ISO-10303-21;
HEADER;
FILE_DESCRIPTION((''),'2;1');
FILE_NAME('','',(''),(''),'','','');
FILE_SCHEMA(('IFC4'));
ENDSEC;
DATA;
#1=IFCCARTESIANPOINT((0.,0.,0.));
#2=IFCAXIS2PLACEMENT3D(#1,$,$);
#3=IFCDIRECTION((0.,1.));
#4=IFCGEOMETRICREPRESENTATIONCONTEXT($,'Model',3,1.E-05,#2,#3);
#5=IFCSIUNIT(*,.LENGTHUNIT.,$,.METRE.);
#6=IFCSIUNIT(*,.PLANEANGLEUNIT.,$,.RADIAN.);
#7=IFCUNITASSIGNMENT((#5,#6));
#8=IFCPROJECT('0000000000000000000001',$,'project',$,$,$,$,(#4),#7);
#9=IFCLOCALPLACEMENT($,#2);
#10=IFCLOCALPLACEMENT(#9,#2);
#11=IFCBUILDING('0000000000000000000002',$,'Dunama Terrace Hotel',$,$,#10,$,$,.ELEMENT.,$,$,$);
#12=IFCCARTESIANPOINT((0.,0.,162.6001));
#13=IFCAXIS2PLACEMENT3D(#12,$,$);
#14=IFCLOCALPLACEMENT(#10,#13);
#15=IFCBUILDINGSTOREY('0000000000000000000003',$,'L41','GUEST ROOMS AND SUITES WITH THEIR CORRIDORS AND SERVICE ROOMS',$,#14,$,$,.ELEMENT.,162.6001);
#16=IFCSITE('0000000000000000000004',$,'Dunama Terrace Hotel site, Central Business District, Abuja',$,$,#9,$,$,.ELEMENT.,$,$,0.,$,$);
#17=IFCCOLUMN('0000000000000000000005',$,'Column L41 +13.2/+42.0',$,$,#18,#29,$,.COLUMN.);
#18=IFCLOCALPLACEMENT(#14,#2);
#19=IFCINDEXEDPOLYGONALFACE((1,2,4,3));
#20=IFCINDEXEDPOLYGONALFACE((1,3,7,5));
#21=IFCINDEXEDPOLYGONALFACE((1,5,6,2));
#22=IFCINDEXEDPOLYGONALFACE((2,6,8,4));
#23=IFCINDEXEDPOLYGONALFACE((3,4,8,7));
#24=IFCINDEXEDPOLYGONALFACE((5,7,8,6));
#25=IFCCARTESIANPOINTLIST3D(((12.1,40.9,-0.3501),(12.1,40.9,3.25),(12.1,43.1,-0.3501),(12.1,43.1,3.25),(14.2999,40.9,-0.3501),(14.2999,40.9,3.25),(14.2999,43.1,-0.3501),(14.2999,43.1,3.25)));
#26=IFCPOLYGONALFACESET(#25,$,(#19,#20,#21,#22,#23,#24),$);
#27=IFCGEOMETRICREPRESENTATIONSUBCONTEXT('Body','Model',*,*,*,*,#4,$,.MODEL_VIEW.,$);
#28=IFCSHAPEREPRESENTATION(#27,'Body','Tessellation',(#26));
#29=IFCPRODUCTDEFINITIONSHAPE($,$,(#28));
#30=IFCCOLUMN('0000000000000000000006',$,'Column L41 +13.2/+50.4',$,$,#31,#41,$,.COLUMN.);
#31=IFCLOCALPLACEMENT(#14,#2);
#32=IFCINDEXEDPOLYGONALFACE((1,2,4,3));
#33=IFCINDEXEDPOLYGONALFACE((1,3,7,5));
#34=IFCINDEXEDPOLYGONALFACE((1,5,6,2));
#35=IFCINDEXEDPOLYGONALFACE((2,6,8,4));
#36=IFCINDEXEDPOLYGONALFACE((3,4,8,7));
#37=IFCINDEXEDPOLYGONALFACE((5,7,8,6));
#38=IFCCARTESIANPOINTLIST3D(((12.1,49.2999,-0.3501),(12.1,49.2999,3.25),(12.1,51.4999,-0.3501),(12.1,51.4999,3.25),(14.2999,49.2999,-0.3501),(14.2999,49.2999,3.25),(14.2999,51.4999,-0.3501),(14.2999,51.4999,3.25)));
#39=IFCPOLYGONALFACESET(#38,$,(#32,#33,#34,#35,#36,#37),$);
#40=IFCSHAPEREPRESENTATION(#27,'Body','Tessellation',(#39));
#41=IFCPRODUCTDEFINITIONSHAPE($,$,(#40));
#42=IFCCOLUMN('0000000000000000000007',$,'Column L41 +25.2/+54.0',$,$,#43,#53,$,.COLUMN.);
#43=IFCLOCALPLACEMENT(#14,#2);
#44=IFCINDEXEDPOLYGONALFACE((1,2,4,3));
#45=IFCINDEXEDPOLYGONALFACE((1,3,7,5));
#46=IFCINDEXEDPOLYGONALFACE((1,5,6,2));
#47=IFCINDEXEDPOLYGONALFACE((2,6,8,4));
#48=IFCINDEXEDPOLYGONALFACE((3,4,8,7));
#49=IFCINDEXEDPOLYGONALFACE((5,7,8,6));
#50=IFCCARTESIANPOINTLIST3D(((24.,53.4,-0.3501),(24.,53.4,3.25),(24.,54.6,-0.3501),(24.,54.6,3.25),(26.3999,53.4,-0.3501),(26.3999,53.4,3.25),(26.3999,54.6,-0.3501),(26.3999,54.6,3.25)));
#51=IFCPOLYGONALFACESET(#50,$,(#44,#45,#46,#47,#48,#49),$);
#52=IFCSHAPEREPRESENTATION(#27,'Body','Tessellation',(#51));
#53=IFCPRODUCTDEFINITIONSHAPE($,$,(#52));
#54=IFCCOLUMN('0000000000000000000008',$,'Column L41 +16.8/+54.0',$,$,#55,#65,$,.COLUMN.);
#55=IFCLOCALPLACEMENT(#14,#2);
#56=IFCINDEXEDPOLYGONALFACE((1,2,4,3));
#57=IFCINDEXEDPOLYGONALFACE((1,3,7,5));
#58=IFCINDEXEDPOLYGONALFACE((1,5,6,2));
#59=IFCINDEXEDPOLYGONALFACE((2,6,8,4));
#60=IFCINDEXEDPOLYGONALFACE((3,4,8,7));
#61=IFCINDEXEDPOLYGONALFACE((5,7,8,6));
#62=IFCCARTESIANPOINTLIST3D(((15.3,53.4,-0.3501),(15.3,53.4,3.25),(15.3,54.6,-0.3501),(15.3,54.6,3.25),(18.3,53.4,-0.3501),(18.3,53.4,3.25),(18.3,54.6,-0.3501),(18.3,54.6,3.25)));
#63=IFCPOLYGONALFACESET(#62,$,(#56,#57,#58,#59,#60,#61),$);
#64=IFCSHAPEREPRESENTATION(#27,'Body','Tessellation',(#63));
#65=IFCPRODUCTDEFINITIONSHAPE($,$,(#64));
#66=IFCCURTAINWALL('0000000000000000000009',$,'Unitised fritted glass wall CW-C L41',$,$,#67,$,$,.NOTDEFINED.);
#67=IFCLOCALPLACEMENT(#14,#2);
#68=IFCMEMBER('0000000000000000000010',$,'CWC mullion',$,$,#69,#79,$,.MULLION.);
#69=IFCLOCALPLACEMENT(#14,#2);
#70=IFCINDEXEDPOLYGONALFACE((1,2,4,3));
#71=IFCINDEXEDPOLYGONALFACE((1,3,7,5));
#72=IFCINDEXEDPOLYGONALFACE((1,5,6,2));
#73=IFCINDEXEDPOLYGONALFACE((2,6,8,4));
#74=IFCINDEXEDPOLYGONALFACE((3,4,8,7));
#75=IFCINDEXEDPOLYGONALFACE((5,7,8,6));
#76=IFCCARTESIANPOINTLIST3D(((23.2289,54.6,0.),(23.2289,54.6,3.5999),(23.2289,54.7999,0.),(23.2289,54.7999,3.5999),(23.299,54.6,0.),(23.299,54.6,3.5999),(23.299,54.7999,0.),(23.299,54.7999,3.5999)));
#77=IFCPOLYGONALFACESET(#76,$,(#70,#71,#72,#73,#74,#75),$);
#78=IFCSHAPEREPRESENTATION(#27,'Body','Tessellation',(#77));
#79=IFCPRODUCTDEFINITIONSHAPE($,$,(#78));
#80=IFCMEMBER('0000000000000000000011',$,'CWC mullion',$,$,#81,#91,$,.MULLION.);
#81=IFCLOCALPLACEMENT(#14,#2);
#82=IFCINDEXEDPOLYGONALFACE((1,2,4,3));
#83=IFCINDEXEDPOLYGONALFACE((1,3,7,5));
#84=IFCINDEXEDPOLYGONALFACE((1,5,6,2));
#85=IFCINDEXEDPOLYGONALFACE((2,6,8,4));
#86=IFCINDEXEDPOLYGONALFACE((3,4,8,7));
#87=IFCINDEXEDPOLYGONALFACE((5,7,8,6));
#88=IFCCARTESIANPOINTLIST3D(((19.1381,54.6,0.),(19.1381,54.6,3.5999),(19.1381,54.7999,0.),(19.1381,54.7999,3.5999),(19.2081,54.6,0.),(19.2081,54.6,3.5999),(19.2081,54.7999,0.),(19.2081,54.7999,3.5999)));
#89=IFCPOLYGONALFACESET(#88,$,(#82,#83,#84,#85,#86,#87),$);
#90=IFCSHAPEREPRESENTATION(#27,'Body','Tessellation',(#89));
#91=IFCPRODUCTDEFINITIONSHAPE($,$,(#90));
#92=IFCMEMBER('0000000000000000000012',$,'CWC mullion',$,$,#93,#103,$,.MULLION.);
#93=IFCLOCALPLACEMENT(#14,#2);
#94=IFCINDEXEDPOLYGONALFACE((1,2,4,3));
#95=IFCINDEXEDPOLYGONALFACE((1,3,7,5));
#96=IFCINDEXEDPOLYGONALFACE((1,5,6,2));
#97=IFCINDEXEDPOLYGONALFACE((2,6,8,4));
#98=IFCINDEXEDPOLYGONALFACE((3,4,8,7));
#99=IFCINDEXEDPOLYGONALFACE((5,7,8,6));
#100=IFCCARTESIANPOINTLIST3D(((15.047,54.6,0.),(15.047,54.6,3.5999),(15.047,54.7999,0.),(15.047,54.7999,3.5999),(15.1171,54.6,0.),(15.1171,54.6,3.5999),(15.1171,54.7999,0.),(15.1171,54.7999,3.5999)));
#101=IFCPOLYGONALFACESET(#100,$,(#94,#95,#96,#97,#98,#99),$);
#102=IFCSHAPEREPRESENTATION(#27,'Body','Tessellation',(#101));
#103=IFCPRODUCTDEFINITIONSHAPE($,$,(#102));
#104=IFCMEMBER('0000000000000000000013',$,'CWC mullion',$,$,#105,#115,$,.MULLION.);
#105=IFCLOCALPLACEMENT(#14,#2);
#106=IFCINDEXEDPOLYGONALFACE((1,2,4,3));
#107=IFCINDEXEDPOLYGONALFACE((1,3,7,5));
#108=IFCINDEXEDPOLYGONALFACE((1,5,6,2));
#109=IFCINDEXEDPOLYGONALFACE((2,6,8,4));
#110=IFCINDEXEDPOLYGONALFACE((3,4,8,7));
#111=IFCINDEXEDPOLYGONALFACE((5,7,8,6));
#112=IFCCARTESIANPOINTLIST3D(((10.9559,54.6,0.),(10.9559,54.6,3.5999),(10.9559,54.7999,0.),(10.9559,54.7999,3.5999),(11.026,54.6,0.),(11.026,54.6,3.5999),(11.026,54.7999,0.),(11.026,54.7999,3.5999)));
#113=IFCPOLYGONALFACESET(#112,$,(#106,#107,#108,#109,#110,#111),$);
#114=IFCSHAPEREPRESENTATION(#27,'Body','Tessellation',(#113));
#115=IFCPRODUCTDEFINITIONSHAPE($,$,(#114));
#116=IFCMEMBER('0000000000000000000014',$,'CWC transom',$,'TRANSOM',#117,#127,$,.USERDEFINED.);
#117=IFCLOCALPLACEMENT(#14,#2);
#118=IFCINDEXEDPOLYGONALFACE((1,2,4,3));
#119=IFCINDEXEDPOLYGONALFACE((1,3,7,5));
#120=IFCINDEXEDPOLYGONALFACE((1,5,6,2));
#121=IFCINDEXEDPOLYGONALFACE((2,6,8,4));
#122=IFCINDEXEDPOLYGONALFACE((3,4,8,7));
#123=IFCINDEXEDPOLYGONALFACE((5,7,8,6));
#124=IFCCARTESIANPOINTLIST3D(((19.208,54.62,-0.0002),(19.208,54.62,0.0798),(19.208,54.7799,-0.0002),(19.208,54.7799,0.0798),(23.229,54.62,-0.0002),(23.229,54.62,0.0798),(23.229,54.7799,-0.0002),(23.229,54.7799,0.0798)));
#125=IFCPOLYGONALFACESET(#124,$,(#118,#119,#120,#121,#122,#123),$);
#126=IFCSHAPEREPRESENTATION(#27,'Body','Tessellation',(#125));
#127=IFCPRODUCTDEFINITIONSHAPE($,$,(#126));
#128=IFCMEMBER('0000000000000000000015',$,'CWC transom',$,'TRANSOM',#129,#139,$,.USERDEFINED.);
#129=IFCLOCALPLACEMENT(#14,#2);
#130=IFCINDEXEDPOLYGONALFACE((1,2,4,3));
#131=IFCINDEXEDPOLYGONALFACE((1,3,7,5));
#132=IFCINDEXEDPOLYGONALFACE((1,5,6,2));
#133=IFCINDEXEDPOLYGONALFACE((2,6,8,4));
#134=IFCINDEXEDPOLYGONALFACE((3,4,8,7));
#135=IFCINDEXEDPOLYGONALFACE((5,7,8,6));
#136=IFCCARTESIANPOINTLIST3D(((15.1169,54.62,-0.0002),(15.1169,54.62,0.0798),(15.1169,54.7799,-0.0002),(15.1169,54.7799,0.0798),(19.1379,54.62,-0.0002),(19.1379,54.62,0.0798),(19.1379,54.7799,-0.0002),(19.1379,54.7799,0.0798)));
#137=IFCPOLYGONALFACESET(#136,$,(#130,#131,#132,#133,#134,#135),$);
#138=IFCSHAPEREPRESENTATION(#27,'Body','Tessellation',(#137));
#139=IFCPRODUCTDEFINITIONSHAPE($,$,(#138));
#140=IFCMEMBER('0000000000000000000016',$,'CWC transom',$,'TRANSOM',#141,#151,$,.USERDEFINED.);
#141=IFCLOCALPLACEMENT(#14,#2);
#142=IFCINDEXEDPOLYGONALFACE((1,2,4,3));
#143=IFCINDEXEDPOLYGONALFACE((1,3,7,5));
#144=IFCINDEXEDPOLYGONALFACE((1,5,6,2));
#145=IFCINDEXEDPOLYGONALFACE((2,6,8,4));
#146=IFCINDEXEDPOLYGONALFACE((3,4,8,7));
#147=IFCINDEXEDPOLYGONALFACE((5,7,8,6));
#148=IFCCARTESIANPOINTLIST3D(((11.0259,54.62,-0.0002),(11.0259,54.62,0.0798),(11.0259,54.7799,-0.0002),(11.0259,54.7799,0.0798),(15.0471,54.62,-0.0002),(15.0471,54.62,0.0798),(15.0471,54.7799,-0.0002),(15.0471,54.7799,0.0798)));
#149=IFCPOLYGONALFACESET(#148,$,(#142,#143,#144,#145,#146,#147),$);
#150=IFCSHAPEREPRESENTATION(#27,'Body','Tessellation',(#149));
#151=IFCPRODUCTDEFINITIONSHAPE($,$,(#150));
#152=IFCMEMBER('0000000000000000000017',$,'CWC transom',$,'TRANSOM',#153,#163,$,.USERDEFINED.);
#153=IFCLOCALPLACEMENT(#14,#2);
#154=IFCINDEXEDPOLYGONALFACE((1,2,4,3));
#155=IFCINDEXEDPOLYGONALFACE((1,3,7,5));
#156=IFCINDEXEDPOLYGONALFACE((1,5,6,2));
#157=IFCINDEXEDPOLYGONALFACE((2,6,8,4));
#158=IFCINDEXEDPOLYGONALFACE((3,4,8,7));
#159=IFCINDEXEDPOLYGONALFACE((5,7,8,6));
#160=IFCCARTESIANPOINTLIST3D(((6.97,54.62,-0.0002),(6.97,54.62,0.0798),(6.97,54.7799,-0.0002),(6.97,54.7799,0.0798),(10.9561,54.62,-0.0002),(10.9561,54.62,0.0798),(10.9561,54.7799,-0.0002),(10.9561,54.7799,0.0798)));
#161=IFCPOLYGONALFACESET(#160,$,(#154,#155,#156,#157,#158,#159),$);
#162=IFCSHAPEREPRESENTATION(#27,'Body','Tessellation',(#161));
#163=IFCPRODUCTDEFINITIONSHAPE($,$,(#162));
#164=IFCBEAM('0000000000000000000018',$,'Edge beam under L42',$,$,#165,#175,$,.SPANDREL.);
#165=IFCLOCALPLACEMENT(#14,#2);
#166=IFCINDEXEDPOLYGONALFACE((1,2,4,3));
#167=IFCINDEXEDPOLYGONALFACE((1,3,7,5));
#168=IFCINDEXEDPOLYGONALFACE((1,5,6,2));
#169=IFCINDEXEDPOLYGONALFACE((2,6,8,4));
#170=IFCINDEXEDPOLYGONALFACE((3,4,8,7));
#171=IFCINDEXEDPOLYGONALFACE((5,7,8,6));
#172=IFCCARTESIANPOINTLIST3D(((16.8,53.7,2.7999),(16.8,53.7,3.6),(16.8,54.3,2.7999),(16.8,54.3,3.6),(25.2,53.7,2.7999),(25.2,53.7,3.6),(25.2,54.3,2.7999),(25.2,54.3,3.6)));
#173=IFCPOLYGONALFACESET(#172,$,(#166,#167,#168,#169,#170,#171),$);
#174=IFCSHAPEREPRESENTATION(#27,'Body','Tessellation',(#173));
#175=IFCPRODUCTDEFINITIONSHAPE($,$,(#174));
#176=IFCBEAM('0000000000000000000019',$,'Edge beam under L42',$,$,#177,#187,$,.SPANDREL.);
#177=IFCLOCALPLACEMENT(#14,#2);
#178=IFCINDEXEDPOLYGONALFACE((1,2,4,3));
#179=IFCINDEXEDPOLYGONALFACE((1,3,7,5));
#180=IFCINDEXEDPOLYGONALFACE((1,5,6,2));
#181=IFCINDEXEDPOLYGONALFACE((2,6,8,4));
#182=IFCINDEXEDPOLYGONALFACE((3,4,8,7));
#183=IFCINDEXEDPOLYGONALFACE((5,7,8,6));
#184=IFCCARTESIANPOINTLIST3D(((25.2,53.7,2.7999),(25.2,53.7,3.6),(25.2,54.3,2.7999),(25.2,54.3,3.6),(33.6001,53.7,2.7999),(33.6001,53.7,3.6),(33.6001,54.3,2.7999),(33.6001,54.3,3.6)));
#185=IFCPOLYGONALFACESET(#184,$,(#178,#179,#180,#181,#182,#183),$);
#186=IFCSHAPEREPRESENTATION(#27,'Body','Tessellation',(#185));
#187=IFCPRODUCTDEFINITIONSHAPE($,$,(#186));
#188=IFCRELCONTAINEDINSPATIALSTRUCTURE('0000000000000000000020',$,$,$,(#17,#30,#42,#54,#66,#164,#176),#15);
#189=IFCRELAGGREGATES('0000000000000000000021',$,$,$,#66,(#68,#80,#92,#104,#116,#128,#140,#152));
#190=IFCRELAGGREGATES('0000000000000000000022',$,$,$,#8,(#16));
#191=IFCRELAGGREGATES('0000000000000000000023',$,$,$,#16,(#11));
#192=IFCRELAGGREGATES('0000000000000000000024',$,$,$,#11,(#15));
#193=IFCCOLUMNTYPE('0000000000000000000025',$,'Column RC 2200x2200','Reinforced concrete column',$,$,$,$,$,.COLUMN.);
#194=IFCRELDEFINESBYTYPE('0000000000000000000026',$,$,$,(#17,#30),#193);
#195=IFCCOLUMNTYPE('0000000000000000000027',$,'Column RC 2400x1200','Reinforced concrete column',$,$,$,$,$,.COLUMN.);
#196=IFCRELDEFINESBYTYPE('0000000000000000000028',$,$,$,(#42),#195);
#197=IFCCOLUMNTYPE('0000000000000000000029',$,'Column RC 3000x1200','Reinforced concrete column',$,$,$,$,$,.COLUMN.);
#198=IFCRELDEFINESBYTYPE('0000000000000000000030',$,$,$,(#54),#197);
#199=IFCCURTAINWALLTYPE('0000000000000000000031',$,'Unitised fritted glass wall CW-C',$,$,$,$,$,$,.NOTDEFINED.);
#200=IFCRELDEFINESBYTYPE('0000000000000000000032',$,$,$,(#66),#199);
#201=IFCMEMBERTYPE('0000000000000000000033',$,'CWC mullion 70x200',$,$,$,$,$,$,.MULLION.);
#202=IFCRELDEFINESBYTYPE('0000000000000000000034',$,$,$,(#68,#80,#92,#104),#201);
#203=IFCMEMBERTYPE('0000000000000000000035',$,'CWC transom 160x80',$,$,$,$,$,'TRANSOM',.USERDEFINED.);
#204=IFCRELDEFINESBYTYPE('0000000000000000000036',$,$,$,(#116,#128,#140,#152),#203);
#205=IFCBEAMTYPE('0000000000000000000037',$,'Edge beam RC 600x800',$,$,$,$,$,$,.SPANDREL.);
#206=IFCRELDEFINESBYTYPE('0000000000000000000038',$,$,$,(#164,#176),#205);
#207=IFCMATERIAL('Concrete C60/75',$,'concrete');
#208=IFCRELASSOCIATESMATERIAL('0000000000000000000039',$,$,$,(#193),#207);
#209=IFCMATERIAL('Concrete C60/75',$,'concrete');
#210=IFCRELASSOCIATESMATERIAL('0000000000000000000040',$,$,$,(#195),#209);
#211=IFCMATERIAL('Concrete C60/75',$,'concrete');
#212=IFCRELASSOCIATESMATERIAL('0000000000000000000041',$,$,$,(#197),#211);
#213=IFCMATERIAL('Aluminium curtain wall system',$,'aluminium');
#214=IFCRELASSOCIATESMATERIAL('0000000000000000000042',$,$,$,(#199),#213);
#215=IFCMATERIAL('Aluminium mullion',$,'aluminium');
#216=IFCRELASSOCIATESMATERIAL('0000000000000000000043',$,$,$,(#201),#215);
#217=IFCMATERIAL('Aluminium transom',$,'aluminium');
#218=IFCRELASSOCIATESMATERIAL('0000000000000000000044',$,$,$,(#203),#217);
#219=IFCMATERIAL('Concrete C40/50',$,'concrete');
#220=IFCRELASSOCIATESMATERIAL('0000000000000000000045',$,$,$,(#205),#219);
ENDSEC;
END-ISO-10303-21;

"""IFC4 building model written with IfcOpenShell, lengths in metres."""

from ifc_helpers import new_model, si_unit, direction, frame, origin, origin_2d, place, context, subcontext, project, spatial, rectangle, extrude, material, material_profile, profile_set, type_object, element, aggregate, save


model = new_model("IFC4")

# Units and contexts
model_context = context("Model", 3, precision=1e-05, world=origin(), true_north=direction((0.0, 1.0)))
body_context = subcontext(model_context, "Body", "Model", "MODEL_VIEW")
ifc_project = project(units=[si_unit("LENGTHUNIT", "METRE"), si_unit("PLANEANGLEUNIT", "RADIAN")], contexts=[model_context])

# Site, building, storey
site_placement = place(None, origin())
site = spatial("IfcSite", under=ifc_project, at=site_placement, Name="Dunama Terrace Hotel site, Central Business District, Abuja", CompositionType="ELEMENT", RefElevation=0.0)
building_placement = place(site_placement, origin())
building = spatial("IfcBuilding", under=site, at=building_placement, Name="Dunama Terrace Hotel", CompositionType="ELEMENT")
storey_placement = place(building_placement, frame((0.0, 0.0, 162.6001)))
storey = spatial("IfcBuildingStorey", under=building, at=storey_placement, Name="L41", Description="GUEST ROOMS AND SUITES WITH THEIR CORRIDORS AND SERVICE ROOMS", CompositionType="ELEMENT", Elevation=162.6001)

# Columns
ifc_material_1 = material(Name="Concrete C60/75", Category="concrete")
ifc_material_profile_1 = material_profile(ifc_material_1, rectangle(XDim=2.2, YDim=2.2, at=origin_2d()), Name="RC 2200x2200")
ifc_profile_set_1 = profile_set([ifc_material_profile_1], Name="Concrete C60/75")
column_type_1 = type_object("IfcColumnType", Name="Column RC 2200x2200", Description="Reinforced concrete column", PredefinedType="COLUMN", material=ifc_profile_set_1)
for number, where, z_axis, x_axis, name in (
    (1, (13.2, 42.0, -0.3501), (0.0, 0.0, 1.0), (1.0, 0.0, 0.0), "Column L41 +13.2/+42.0"),
    (2, (13.2, 50.3999, -0.3501), (0.0, 0.0, 1.0), (1.0, 0.0, 0.0), "Column L41 +13.2/+50.4"),
):
    element("IfcColumn", number, at=place(storey_placement, frame(where, z_axis=z_axis, x_axis=x_axis)), inside=storey, type_object=column_type_1, Name=name, PredefinedType="COLUMN", context=body_context, shape_type="SweptSolid", body=[
        extrude(rectangle(XDim=2.2, YDim=2.2, at=origin_2d()), origin(), (0.0, 0.0, 1.0), 3.6001),
    ])
ifc_material_2 = material(Name="Concrete C60/75", Category="concrete")
ifc_material_profile_2 = material_profile(ifc_material_2, rectangle(XDim=2.3999, YDim=1.2, at=origin_2d()), Name="RC 2400x1200")
ifc_profile_set_2 = profile_set([ifc_material_profile_2], Name="Concrete C60/75")
column_type_2 = type_object("IfcColumnType", Name="Column RC 2400x1200", Description="Reinforced concrete column", PredefinedType="COLUMN", material=ifc_profile_set_2)
column_1_placement = place(storey_placement, frame((25.2, 54.0, -0.3501), z_axis=(0.0, 0.0, 1.0), x_axis=(1.0, 0.0, 0.0)))
element("IfcColumn", 3, at=column_1_placement, inside=storey, type_object=column_type_2, Name="Column L41 +25.2/+54.0", PredefinedType="COLUMN", context=body_context, shape_type="SweptSolid", body=[
    extrude(rectangle(XDim=2.3999, YDim=1.2, at=origin_2d()), origin(), (0.0, 0.0, 1.0), 3.6001),
])
ifc_material_3 = material(Name="Concrete C60/75", Category="concrete")
ifc_material_profile_3 = material_profile(ifc_material_3, rectangle(XDim=3.0, YDim=1.2, at=origin_2d()), Name="RC 3000x1200")
ifc_profile_set_3 = profile_set([ifc_material_profile_3], Name="Concrete C60/75")
column_type_3 = type_object("IfcColumnType", Name="Column RC 3000x1200", Description="Reinforced concrete column", PredefinedType="COLUMN", material=ifc_profile_set_3)
column_2_placement = place(storey_placement, frame((16.8, 54.0, -0.3501), z_axis=(0.0, 0.0, 1.0), x_axis=(1.0, 0.0, 0.0)))
element("IfcColumn", 4, at=column_2_placement, inside=storey, type_object=column_type_3, Name="Column L41 +16.8/+54.0", PredefinedType="COLUMN", context=body_context, shape_type="SweptSolid", body=[
    extrude(rectangle(XDim=3.0, YDim=1.2, at=origin_2d()), origin(), (0.0, 0.0, 1.0), 3.6001),
])

# Curtain wall, members
ifc_material_4 = material(Name="Aluminium curtain wall system", Category="aluminium")
curtain_wall_type = type_object("IfcCurtainWallType", Name="Unitised fritted glass wall CW-C", PredefinedType="NOTDEFINED", material=ifc_material_4)
curtain_wall_placement = place(storey_placement, origin())
curtain_wall = element("IfcCurtainWall", 5, at=curtain_wall_placement, inside=storey, type_object=curtain_wall_type, Name="Unitised fritted glass wall CW-C L41", PredefinedType="NOTDEFINED")
ifc_material_5 = material(Name="Aluminium mullion", Category="aluminium")
ifc_material_profile_4 = material_profile(ifc_material_5, rectangle(XDim=0.0701, YDim=0.2, at=origin_2d()), Name="CWC MULLION 70X200")
ifc_profile_set_4 = profile_set([ifc_material_profile_4], Name="Aluminium mullion")
member_type_1 = type_object("IfcMemberType", Name="CWC mullion 70x200", PredefinedType="MULLION", material=ifc_profile_set_4)
member_1_placement = place(storey_placement, frame((23.2639, 54.7, 0.0), z_axis=(0.0, 0.0, 1.0), x_axis=(-1.0, 0.0, 0.0)))
member_1 = element("IfcMember", 6, at=member_1_placement, type_object=member_type_1, Name="CWC mullion", PredefinedType="MULLION", context=body_context, shape_type="SweptSolid", body=[
    extrude(rectangle(XDim=0.0701, YDim=0.2, at=origin_2d()), origin(), (0.0, 0.0, 1.0), 3.5999),
])
member_2_placement = place(storey_placement, frame((19.1731, 54.7, 0.0), z_axis=(0.0, 0.0, 1.0), x_axis=(-1.0, 0.0, 0.0)))
member_2 = element("IfcMember", 7, at=member_2_placement, type_object=member_type_1, Name="CWC mullion", PredefinedType="MULLION", context=body_context, shape_type="SweptSolid", body=[
    extrude(rectangle(XDim=0.0701, YDim=0.2, at=origin_2d()), origin(), (0.0, 0.0, 1.0), 3.5999),
])
member_3_placement = place(storey_placement, frame((15.082, 54.7, 0.0), z_axis=(0.0, 0.0, 1.0), x_axis=(-1.0, 0.0, 0.0)))
member_3 = element("IfcMember", 8, at=member_3_placement, type_object=member_type_1, Name="CWC mullion", PredefinedType="MULLION", context=body_context, shape_type="SweptSolid", body=[
    extrude(rectangle(XDim=0.0701, YDim=0.2, at=origin_2d()), origin(), (0.0, 0.0, 1.0), 3.5999),
])
member_4_placement = place(storey_placement, frame((10.991, 54.7, 0.0), z_axis=(0.0, 0.0, 1.0), x_axis=(-1.0, 0.0, 0.0)))
member_4 = element("IfcMember", 9, at=member_4_placement, type_object=member_type_1, Name="CWC mullion", PredefinedType="MULLION", context=body_context, shape_type="SweptSolid", body=[
    extrude(rectangle(XDim=0.0701, YDim=0.2, at=origin_2d()), origin(), (0.0, 0.0, 1.0), 3.5999),
])
ifc_material_6 = material(Name="Aluminium transom", Category="aluminium")
ifc_material_profile_5 = material_profile(ifc_material_6, rectangle(XDim=0.1599, YDim=0.0801, at=origin_2d()), Name="CWC TRANSOM 160X80")
ifc_profile_set_5 = profile_set([ifc_material_profile_5], Name="Aluminium transom")
member_type_2 = type_object("IfcMemberType", Name="CWC transom 160x80", ElementType="TRANSOM", PredefinedType="USERDEFINED", material=ifc_profile_set_5)
member_5_placement = place(storey_placement, frame((23.229, 54.7, 0.0398), z_axis=(-1.0, 0.0, 0.0), x_axis=(0.0, -1.0, 0.0)))
member_5 = element("IfcMember", 10, at=member_5_placement, type_object=member_type_2, Name="CWC transom", ObjectType="TRANSOM", PredefinedType="USERDEFINED", context=body_context, shape_type="SweptSolid", body=[
    extrude(rectangle(XDim=0.1599, YDim=0.0801, at=origin_2d()), origin(), (0.0, 0.0, 1.0), 4.021),
])
member_6_placement = place(storey_placement, frame((19.1379, 54.7, 0.0398), z_axis=(-1.0, 0.0, 0.0), x_axis=(0.0, -1.0, 0.0)))
member_6 = element("IfcMember", 11, at=member_6_placement, type_object=member_type_2, Name="CWC transom", ObjectType="TRANSOM", PredefinedType="USERDEFINED", context=body_context, shape_type="SweptSolid", body=[
    extrude(rectangle(XDim=0.1599, YDim=0.0801, at=origin_2d()), origin(), (0.0, 0.0, 1.0), 4.021),
])
member_7_placement = place(storey_placement, frame((15.0471, 54.7, 0.0398), z_axis=(-1.0, 0.0, 0.0), x_axis=(0.0, -1.0, 0.0)))
member_7 = element("IfcMember", 12, at=member_7_placement, type_object=member_type_2, Name="CWC transom", ObjectType="TRANSOM", PredefinedType="USERDEFINED", context=body_context, shape_type="SweptSolid", body=[
    extrude(rectangle(XDim=0.1599, YDim=0.0801, at=origin_2d()), origin(), (0.0, 0.0, 1.0), 4.0212),
])
member_8_placement = place(storey_placement, frame((10.9561, 54.7, 0.0398), z_axis=(-1.0, 0.0, 0.0), x_axis=(0.0, -1.0, 0.0)))
member_8 = element("IfcMember", 13, at=member_8_placement, type_object=member_type_2, Name="CWC transom", ObjectType="TRANSOM", PredefinedType="USERDEFINED", context=body_context, shape_type="SweptSolid", body=[
    extrude(rectangle(XDim=0.1599, YDim=0.0801, at=origin_2d()), origin(), (0.0, 0.0, 1.0), 3.9861),
])

# Beams
ifc_material_7 = material(Name="Concrete C40/50", Category="concrete")
ifc_material_profile_6 = material_profile(ifc_material_7, rectangle(XDim=0.6001, YDim=0.8, at=origin_2d()), Name="RC 600x800")
ifc_profile_set_6 = profile_set([ifc_material_profile_6], Name="Concrete C40/50")
beam_type = type_object("IfcBeamType", Name="Edge beam RC 600x800", PredefinedType="SPANDREL", material=ifc_profile_set_6)
beam_1_placement = place(storey_placement, frame((16.8, 54.0, 3.2), z_axis=(1.0, 0.0, 0.0), x_axis=(0.0, 1.0, 0.0)))
element("IfcBeam", 14, at=beam_1_placement, inside=storey, type_object=beam_type, Name="Edge beam under L42", PredefinedType="SPANDREL", context=body_context, shape_type="SweptSolid", body=[
    extrude(rectangle(XDim=0.6001, YDim=0.8, at=origin_2d()), origin(), (0.0, 0.0, 1.0), 8.3999),
])
beam_2_placement = place(storey_placement, frame((25.2, 54.0, 3.2), z_axis=(1.0, 0.0, 0.0), x_axis=(0.0, 1.0, 0.0)))
element("IfcBeam", 15, at=beam_2_placement, inside=storey, type_object=beam_type, Name="Edge beam under L42", PredefinedType="SPANDREL", context=body_context, shape_type="SweptSolid", body=[
    extrude(rectangle(XDim=0.6001, YDim=0.8, at=origin_2d()), origin(), (0.0, 0.0, 1.0), 8.4001),
])

aggregate(curtain_wall, [member_1, member_2, member_3, member_4, member_5, member_6, member_7, member_8])

save(model, "model.ifc")
